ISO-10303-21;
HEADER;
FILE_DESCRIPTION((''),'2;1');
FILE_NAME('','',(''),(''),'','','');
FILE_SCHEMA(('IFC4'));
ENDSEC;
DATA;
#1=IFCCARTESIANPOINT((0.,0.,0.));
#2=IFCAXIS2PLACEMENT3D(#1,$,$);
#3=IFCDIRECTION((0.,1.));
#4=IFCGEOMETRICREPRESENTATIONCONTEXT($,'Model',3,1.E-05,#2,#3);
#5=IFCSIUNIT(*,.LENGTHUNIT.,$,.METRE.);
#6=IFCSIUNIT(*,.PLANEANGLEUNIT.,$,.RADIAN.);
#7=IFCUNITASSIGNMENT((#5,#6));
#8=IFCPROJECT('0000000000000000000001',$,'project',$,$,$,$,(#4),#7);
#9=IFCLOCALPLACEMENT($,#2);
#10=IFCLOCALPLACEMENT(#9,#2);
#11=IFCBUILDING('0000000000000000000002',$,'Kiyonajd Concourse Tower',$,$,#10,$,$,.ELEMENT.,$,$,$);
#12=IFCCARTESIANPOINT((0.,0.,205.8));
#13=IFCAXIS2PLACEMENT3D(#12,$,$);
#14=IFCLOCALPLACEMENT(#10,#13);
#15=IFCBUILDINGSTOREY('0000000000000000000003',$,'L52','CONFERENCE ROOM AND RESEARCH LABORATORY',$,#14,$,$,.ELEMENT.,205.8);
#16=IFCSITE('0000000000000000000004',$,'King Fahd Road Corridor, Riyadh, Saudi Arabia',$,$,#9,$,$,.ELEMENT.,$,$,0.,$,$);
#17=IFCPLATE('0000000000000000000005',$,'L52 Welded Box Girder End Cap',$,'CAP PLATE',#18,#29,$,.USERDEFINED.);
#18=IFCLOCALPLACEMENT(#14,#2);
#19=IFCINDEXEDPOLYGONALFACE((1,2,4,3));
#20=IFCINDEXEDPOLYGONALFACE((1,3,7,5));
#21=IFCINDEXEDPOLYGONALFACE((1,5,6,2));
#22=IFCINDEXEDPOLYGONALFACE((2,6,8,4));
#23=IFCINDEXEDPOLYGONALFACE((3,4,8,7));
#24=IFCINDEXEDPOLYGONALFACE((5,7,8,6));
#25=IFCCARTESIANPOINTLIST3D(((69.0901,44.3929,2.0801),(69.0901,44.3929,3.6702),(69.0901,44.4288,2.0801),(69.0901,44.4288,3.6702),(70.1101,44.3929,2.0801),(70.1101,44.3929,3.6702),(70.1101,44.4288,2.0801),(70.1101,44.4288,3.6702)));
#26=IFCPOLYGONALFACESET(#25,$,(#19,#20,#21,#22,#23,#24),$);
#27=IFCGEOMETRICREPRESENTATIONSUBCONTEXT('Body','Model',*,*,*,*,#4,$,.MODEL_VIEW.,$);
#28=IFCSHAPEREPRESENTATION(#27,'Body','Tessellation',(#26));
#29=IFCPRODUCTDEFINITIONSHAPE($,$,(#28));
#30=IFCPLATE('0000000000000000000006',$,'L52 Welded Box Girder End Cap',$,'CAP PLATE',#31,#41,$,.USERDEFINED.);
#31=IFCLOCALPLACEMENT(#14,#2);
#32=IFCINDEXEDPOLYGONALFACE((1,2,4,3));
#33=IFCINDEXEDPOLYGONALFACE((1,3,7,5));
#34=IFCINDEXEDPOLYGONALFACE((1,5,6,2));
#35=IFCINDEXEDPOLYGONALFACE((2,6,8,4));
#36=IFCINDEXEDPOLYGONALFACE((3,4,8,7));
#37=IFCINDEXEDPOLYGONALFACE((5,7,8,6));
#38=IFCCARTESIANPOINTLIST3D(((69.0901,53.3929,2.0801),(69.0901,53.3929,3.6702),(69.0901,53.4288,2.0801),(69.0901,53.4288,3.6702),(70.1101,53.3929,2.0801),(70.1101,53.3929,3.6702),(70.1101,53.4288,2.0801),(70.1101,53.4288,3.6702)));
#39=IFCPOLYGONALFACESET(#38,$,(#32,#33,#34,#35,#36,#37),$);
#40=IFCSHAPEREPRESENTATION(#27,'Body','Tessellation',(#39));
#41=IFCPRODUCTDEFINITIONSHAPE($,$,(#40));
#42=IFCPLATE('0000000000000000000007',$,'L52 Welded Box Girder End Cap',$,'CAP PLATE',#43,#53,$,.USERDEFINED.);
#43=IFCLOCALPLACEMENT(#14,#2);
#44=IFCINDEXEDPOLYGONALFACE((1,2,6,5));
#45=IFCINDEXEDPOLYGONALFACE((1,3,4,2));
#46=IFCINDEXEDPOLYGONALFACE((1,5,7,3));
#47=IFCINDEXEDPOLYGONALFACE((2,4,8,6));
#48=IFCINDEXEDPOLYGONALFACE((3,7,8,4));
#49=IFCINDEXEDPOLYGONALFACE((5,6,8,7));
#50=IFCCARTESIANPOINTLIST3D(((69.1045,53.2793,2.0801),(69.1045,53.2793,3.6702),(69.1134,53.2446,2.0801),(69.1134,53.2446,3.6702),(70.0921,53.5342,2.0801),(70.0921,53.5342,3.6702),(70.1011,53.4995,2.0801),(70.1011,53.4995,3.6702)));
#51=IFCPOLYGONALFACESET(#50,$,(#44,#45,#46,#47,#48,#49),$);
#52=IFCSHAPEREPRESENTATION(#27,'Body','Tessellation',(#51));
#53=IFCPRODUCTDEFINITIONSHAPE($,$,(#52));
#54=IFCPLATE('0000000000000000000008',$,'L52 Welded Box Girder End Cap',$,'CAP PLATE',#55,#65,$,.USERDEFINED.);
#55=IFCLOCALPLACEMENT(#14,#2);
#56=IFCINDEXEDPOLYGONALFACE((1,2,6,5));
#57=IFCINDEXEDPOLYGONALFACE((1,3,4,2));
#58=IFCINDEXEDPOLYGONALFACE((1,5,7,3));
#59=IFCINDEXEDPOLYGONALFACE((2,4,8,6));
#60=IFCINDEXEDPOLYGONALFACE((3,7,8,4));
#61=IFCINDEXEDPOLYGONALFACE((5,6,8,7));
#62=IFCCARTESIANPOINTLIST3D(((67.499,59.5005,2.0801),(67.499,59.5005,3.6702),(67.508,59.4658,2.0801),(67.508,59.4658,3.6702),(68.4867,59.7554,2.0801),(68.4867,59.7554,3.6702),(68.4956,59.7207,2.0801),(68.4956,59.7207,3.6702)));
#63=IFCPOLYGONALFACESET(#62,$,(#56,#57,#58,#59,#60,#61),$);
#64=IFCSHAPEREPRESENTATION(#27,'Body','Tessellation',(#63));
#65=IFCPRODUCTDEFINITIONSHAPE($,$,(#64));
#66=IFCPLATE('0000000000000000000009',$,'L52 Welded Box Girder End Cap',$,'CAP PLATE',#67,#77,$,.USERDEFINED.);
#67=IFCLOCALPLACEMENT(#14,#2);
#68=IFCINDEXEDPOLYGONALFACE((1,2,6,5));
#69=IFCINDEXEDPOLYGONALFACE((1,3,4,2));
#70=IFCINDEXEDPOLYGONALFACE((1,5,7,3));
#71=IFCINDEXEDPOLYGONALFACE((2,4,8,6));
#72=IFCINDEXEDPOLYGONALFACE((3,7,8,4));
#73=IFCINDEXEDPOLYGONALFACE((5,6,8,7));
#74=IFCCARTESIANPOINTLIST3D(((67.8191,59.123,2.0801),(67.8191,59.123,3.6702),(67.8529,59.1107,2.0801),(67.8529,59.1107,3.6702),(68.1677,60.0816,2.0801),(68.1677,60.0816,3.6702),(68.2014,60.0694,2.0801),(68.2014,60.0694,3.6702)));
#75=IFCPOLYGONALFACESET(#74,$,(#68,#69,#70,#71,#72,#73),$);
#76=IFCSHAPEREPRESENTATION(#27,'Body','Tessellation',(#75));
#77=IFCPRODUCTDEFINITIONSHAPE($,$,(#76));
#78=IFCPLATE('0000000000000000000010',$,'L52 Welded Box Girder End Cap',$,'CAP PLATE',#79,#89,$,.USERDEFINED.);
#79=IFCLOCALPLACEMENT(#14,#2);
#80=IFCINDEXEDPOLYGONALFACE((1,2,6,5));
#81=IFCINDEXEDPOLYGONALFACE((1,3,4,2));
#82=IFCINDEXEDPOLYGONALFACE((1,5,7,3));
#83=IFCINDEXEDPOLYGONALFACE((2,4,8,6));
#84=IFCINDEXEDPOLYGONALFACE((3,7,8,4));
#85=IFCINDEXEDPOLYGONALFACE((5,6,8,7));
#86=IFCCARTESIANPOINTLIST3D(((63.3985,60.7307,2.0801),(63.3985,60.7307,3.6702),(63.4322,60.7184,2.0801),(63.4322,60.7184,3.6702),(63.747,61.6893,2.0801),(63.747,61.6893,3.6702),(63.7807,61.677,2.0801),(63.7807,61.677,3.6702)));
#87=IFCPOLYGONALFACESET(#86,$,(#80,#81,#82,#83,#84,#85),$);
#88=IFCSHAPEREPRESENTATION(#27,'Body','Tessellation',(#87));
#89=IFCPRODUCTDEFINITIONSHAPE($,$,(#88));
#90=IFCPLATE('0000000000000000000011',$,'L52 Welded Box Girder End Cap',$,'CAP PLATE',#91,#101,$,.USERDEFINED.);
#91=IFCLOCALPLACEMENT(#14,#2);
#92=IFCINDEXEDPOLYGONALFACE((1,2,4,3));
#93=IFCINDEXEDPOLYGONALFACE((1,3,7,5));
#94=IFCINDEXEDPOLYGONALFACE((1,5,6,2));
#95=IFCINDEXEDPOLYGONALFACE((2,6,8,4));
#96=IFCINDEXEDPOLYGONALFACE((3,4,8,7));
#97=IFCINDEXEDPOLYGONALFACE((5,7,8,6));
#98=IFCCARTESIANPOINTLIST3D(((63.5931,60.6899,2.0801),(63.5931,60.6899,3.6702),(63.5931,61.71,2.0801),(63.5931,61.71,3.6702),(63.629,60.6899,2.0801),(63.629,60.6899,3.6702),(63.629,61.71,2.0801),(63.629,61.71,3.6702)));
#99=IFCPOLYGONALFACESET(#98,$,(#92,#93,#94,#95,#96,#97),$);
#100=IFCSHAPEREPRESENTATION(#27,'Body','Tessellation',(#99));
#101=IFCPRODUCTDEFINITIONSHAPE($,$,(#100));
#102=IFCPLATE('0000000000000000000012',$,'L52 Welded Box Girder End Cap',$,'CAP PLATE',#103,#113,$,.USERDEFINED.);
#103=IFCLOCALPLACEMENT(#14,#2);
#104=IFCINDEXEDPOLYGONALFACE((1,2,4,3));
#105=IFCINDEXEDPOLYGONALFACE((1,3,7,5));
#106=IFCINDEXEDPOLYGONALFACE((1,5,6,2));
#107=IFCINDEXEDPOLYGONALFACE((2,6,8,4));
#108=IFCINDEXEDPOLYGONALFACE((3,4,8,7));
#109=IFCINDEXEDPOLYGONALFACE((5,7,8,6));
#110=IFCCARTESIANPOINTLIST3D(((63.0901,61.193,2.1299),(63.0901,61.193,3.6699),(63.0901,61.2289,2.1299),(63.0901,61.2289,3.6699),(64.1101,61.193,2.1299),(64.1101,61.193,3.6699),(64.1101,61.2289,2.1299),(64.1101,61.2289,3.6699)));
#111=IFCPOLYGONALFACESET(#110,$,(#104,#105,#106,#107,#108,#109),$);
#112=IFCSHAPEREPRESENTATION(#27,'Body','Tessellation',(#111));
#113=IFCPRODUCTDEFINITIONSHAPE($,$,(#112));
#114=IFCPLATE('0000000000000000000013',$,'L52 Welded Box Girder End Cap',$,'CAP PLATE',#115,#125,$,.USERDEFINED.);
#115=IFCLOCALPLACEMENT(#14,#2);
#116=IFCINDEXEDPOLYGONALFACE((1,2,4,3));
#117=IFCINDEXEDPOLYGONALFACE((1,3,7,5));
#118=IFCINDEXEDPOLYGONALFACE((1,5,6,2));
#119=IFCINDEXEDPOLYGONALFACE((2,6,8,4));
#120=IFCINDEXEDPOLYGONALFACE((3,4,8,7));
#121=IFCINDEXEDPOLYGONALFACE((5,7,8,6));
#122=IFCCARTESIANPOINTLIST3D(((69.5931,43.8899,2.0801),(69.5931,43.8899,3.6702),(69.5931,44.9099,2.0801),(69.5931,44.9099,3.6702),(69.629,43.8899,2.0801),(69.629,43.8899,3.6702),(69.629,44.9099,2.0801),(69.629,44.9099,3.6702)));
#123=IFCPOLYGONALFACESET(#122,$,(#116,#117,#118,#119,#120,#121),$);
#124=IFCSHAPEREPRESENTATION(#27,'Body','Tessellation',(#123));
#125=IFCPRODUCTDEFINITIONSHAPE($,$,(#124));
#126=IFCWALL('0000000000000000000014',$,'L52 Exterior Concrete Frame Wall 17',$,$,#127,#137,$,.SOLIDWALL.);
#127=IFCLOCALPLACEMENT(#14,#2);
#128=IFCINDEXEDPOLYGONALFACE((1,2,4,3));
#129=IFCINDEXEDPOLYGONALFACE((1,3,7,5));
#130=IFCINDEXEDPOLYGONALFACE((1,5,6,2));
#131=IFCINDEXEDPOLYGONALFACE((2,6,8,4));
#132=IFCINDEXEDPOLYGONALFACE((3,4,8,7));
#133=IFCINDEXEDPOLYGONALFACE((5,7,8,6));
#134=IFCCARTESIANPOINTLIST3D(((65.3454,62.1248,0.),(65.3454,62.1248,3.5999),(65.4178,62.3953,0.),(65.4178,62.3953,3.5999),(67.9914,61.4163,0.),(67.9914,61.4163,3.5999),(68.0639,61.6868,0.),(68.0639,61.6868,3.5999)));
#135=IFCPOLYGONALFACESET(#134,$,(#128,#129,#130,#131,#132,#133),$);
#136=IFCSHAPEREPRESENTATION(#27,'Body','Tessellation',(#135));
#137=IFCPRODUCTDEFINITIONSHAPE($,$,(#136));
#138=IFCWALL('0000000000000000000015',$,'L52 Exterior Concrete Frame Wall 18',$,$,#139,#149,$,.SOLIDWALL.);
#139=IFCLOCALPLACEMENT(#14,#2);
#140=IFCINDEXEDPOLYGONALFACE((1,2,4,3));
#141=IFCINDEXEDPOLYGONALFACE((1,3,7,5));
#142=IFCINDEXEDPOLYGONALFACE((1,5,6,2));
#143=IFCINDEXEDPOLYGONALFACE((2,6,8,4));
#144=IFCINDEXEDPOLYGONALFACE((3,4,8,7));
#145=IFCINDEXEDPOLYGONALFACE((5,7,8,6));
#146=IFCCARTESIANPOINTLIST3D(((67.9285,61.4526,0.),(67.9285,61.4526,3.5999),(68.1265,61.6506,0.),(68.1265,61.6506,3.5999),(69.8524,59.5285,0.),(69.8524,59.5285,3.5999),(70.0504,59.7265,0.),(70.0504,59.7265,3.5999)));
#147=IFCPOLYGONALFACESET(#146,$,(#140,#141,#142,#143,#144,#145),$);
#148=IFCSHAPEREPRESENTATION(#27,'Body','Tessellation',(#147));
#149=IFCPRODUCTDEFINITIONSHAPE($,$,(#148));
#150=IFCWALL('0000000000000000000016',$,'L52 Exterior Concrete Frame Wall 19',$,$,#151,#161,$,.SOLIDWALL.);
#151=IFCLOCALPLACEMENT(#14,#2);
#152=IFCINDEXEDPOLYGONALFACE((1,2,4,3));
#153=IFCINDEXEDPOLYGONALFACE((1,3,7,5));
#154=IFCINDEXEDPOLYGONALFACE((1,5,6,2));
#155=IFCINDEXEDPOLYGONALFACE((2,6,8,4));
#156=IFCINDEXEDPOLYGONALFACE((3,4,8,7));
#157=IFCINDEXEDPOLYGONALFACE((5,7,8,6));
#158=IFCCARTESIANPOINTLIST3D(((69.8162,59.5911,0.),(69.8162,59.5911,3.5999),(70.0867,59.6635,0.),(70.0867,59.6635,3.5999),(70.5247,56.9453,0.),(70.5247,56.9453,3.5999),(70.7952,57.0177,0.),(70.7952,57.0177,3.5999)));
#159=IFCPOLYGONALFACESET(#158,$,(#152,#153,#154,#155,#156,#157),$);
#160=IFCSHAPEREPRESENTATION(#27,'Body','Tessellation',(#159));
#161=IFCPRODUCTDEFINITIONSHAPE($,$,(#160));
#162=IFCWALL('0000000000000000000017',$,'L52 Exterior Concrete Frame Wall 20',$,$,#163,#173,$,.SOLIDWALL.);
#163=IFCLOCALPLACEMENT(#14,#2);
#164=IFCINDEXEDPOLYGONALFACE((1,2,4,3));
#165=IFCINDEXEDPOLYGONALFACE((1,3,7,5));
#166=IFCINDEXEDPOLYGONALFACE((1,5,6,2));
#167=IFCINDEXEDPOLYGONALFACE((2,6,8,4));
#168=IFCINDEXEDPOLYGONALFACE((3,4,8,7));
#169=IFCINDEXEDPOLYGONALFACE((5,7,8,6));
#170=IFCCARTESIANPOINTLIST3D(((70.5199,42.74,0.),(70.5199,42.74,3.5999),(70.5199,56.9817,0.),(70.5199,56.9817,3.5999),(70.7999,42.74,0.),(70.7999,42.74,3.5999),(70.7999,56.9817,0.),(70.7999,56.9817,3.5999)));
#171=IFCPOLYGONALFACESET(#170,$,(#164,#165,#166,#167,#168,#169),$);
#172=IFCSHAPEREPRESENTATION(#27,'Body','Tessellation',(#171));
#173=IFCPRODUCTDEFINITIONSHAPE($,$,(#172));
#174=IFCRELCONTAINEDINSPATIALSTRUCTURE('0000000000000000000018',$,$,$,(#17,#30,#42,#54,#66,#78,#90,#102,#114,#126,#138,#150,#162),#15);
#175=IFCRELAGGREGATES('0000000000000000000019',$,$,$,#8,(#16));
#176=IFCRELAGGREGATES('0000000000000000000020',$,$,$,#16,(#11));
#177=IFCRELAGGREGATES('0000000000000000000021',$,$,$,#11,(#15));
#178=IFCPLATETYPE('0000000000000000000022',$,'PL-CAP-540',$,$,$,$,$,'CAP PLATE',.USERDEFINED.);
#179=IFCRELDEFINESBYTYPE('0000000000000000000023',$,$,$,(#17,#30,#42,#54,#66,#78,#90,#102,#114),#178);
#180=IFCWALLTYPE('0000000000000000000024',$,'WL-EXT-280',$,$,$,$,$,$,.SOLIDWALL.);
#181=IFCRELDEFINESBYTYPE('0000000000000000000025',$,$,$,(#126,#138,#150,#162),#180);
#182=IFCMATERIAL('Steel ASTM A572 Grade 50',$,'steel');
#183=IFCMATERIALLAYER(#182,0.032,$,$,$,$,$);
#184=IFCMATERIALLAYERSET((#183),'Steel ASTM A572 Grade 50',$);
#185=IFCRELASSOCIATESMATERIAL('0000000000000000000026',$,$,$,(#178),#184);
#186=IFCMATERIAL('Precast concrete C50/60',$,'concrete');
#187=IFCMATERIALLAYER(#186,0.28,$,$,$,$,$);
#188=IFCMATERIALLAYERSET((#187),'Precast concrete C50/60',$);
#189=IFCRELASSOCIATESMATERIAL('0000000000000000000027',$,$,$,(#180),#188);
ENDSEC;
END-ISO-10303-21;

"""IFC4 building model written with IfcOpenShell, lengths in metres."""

from ifc_helpers import new_model, si_unit, direction, frame, frame_2d, origin, origin_2d, place, context, subcontext, project, spatial, rectangle, extrude, material, layer, layer_set, type_object, element, save


model = new_model("IFC4")

# Units and contexts
model_context = context("Model", 3, precision=1e-05, world=origin(), true_north=direction((0.0, 1.0)))
body_context = subcontext(model_context, "Body", "Model", "MODEL_VIEW")
ifc_project = project(units=[si_unit("LENGTHUNIT", "METRE"), si_unit("PLANEANGLEUNIT", "RADIAN")], contexts=[model_context])

# Site, building, storey
site_placement = place(None, origin())
site = spatial("IfcSite", under=ifc_project, at=site_placement, Name="King Fahd Road Corridor, Riyadh, Saudi Arabia", CompositionType="ELEMENT", RefElevation=0.0)
building_placement = place(site_placement, origin())
building = spatial("IfcBuilding", under=site, at=building_placement, Name="Kiyonajd Concourse Tower", CompositionType="ELEMENT")
storey_placement = place(building_placement, frame((0.0, 0.0, 205.8)))
storey = spatial("IfcBuildingStorey", under=building, at=storey_placement, Name="L52", Description="CONFERENCE ROOM AND RESEARCH LABORATORY", CompositionType="ELEMENT", Elevation=205.8)

# Shared definitions
ifc_material_1 = material(Name="Steel ASTM A572 Grade 50", Category="steel")

# Plates
ifc_layer_1 = layer(ifc_material_1, 0.032)
ifc_layer_set_1 = layer_set([ifc_layer_1], Name="Steel ASTM A572 Grade 50")
plate_type_1 = type_object("IfcPlateType", Name="PL-CAP-540", ElementType="CAP PLATE", PredefinedType="USERDEFINED", material=ifc_layer_set_1)
for number, where, z_axis, x_axis, name in (
    (1, (69.6001, 44.4109, 2.0801), (0.0, 0.0, 1.0), (0.0, 1.0, 0.0), "L52 Welded Box Girder End Cap"),
    (2, (69.6001, 53.4109, 2.0801), (0.0, 0.0, 1.0), (0.0, 1.0, 0.0), "L52 Welded Box Girder End Cap"),
    (3, (69.6028, 53.3894, 2.0801), (0.0, 0.0, 1.0), (0.249873, -0.968279, 0.0), "L52 Welded Box Girder End Cap"),
    (4, (67.9973, 59.6106, 2.0801), (0.0, 0.0, 1.0), (-0.249873, 0.968279, 0.0), "L52 Welded Box Girder End Cap"),
    (5, (68.0103, 59.5962, 2.0801), (0.0, 0.0, 1.0), (0.939812, -0.341692, 0.0), "L52 Welded Box Girder End Cap"),
    (6, (63.5896, 61.2039, 2.0801), (0.0, 0.0, 1.0), (-0.939812, 0.341692, 0.0), "L52 Welded Box Girder End Cap"),
    (7, (63.6111, 61.2, 2.0801), (0.0, 0.0, 1.0), (1.0, 0.0, 0.0), "L52 Welded Box Girder End Cap"),
):
    element("IfcPlate", number, at=place(storey_placement, frame(where, z_axis=z_axis, x_axis=x_axis)), inside=storey, type_object=plate_type_1, Name=name, ObjectType="CAP PLATE", PredefinedType="USERDEFINED", context=body_context, shape_type="SweptSolid", body=[
        extrude(rectangle(XDim=0.0359, YDim=1.02, at=origin_2d()), origin(), (0.0, 0.0, 1.0), 1.5901),
    ])
plate_1_placement = place(storey_placement, frame((63.6001, 61.2109, 2.1299), z_axis=(0.0, 0.0, 1.0), x_axis=(0.0, 1.0, 0.0)))
element("IfcPlate", 8, at=plate_1_placement, inside=storey, type_object=plate_type_1, Name="L52 Welded Box Girder End Cap", ObjectType="CAP PLATE", PredefinedType="USERDEFINED", context=body_context, shape_type="SweptSolid", body=[
    extrude(rectangle(XDim=0.0359, YDim=1.02, at=origin_2d()), origin(), (0.0, 0.0, 1.0), 1.54),
])
plate_2_placement = place(storey_placement, frame((69.6111, 44.3999, 2.0801), z_axis=(0.0, 0.0, 1.0), x_axis=(1.0, 0.0, 0.0)))
element("IfcPlate", 9, at=plate_2_placement, inside=storey, type_object=plate_type_1, Name="L52 Welded Box Girder End Cap", ObjectType="CAP PLATE", PredefinedType="USERDEFINED", context=body_context, shape_type="SweptSolid", body=[
    extrude(rectangle(XDim=0.0359, YDim=1.02, at=origin_2d()), origin(), (0.0, 0.0, 1.0), 1.5901),
])

# Walls
ifc_material_2 = material(Name="Precast concrete C50/60", Category="concrete")
ifc_layer_2 = layer(ifc_material_2, 0.28)
ifc_layer_set_2 = layer_set([ifc_layer_2], Name="Precast concrete C50/60")
wall_type = type_object("IfcWallType", Name="WL-EXT-280", PredefinedType="SOLIDWALL", material=ifc_layer_set_2)
wall_1_placement = place(storey_placement, frame((65.3816, 62.26, 0.0), z_axis=(0.0, 0.0, 1.0), x_axis=(0.965971, -0.25865, 0.0)))
element("IfcWall", 10, at=wall_1_placement, inside=storey, type_object=wall_type, Name="L52 Exterior Concrete Frame Wall 17", PredefinedType="SOLIDWALL", context=body_context, shape_type="SweptSolid", body=[
    extrude(rectangle(XDim=2.7393, YDim=0.28, at=frame_2d((1.3696, 0.0))), origin(), (0.0, 0.0, 1.0), 3.5999),
])
wall_2_placement = place(storey_placement, frame((68.0276, 61.5515, 0.0), z_axis=(0.0, 0.0, 1.0), x_axis=(0.707062, -0.707152, 0.0)))
element("IfcWall", 11, at=wall_2_placement, inside=storey, type_object=wall_type, Name="L52 Exterior Concrete Frame Wall 18", PredefinedType="SOLIDWALL", context=body_context, shape_type="SweptSolid", body=[
    extrude(rectangle(XDim=2.7209, YDim=0.28, at=frame_2d((1.3604, 0.0))), origin(), (0.0, 0.0, 1.0), 3.5999),
])
wall_3_placement = place(storey_placement, frame((69.9514, 59.6274, 0.0), z_axis=(0.0, 0.0, 1.0), x_axis=(0.258672, -0.965965, 0.0)))
element("IfcWall", 12, at=wall_3_placement, inside=storey, type_object=wall_type, Name="L52 Exterior Concrete Frame Wall 19", PredefinedType="SOLIDWALL", context=body_context, shape_type="SweptSolid", body=[
    extrude(rectangle(XDim=2.739, YDim=0.28, at=frame_2d((1.3696, 0.0))), origin(), (0.0, 0.0, 1.0), 3.5999),
])
wall_4_placement = place(storey_placement, frame((70.6599, 56.9817, 0.0), z_axis=(0.0, 0.0, 1.0), x_axis=(0.0, -1.0, 0.0)))
element("IfcWall", 13, at=wall_4_placement, inside=storey, type_object=wall_type, Name="L52 Exterior Concrete Frame Wall 20", PredefinedType="SOLIDWALL", context=body_context, shape_type="SweptSolid", body=[
    extrude(rectangle(XDim=14.2417, YDim=0.28, at=frame_2d((7.1208, 0.0))), origin(), (0.0, 0.0, 1.0), 3.5999),
])

save(model, "model.ifc")
